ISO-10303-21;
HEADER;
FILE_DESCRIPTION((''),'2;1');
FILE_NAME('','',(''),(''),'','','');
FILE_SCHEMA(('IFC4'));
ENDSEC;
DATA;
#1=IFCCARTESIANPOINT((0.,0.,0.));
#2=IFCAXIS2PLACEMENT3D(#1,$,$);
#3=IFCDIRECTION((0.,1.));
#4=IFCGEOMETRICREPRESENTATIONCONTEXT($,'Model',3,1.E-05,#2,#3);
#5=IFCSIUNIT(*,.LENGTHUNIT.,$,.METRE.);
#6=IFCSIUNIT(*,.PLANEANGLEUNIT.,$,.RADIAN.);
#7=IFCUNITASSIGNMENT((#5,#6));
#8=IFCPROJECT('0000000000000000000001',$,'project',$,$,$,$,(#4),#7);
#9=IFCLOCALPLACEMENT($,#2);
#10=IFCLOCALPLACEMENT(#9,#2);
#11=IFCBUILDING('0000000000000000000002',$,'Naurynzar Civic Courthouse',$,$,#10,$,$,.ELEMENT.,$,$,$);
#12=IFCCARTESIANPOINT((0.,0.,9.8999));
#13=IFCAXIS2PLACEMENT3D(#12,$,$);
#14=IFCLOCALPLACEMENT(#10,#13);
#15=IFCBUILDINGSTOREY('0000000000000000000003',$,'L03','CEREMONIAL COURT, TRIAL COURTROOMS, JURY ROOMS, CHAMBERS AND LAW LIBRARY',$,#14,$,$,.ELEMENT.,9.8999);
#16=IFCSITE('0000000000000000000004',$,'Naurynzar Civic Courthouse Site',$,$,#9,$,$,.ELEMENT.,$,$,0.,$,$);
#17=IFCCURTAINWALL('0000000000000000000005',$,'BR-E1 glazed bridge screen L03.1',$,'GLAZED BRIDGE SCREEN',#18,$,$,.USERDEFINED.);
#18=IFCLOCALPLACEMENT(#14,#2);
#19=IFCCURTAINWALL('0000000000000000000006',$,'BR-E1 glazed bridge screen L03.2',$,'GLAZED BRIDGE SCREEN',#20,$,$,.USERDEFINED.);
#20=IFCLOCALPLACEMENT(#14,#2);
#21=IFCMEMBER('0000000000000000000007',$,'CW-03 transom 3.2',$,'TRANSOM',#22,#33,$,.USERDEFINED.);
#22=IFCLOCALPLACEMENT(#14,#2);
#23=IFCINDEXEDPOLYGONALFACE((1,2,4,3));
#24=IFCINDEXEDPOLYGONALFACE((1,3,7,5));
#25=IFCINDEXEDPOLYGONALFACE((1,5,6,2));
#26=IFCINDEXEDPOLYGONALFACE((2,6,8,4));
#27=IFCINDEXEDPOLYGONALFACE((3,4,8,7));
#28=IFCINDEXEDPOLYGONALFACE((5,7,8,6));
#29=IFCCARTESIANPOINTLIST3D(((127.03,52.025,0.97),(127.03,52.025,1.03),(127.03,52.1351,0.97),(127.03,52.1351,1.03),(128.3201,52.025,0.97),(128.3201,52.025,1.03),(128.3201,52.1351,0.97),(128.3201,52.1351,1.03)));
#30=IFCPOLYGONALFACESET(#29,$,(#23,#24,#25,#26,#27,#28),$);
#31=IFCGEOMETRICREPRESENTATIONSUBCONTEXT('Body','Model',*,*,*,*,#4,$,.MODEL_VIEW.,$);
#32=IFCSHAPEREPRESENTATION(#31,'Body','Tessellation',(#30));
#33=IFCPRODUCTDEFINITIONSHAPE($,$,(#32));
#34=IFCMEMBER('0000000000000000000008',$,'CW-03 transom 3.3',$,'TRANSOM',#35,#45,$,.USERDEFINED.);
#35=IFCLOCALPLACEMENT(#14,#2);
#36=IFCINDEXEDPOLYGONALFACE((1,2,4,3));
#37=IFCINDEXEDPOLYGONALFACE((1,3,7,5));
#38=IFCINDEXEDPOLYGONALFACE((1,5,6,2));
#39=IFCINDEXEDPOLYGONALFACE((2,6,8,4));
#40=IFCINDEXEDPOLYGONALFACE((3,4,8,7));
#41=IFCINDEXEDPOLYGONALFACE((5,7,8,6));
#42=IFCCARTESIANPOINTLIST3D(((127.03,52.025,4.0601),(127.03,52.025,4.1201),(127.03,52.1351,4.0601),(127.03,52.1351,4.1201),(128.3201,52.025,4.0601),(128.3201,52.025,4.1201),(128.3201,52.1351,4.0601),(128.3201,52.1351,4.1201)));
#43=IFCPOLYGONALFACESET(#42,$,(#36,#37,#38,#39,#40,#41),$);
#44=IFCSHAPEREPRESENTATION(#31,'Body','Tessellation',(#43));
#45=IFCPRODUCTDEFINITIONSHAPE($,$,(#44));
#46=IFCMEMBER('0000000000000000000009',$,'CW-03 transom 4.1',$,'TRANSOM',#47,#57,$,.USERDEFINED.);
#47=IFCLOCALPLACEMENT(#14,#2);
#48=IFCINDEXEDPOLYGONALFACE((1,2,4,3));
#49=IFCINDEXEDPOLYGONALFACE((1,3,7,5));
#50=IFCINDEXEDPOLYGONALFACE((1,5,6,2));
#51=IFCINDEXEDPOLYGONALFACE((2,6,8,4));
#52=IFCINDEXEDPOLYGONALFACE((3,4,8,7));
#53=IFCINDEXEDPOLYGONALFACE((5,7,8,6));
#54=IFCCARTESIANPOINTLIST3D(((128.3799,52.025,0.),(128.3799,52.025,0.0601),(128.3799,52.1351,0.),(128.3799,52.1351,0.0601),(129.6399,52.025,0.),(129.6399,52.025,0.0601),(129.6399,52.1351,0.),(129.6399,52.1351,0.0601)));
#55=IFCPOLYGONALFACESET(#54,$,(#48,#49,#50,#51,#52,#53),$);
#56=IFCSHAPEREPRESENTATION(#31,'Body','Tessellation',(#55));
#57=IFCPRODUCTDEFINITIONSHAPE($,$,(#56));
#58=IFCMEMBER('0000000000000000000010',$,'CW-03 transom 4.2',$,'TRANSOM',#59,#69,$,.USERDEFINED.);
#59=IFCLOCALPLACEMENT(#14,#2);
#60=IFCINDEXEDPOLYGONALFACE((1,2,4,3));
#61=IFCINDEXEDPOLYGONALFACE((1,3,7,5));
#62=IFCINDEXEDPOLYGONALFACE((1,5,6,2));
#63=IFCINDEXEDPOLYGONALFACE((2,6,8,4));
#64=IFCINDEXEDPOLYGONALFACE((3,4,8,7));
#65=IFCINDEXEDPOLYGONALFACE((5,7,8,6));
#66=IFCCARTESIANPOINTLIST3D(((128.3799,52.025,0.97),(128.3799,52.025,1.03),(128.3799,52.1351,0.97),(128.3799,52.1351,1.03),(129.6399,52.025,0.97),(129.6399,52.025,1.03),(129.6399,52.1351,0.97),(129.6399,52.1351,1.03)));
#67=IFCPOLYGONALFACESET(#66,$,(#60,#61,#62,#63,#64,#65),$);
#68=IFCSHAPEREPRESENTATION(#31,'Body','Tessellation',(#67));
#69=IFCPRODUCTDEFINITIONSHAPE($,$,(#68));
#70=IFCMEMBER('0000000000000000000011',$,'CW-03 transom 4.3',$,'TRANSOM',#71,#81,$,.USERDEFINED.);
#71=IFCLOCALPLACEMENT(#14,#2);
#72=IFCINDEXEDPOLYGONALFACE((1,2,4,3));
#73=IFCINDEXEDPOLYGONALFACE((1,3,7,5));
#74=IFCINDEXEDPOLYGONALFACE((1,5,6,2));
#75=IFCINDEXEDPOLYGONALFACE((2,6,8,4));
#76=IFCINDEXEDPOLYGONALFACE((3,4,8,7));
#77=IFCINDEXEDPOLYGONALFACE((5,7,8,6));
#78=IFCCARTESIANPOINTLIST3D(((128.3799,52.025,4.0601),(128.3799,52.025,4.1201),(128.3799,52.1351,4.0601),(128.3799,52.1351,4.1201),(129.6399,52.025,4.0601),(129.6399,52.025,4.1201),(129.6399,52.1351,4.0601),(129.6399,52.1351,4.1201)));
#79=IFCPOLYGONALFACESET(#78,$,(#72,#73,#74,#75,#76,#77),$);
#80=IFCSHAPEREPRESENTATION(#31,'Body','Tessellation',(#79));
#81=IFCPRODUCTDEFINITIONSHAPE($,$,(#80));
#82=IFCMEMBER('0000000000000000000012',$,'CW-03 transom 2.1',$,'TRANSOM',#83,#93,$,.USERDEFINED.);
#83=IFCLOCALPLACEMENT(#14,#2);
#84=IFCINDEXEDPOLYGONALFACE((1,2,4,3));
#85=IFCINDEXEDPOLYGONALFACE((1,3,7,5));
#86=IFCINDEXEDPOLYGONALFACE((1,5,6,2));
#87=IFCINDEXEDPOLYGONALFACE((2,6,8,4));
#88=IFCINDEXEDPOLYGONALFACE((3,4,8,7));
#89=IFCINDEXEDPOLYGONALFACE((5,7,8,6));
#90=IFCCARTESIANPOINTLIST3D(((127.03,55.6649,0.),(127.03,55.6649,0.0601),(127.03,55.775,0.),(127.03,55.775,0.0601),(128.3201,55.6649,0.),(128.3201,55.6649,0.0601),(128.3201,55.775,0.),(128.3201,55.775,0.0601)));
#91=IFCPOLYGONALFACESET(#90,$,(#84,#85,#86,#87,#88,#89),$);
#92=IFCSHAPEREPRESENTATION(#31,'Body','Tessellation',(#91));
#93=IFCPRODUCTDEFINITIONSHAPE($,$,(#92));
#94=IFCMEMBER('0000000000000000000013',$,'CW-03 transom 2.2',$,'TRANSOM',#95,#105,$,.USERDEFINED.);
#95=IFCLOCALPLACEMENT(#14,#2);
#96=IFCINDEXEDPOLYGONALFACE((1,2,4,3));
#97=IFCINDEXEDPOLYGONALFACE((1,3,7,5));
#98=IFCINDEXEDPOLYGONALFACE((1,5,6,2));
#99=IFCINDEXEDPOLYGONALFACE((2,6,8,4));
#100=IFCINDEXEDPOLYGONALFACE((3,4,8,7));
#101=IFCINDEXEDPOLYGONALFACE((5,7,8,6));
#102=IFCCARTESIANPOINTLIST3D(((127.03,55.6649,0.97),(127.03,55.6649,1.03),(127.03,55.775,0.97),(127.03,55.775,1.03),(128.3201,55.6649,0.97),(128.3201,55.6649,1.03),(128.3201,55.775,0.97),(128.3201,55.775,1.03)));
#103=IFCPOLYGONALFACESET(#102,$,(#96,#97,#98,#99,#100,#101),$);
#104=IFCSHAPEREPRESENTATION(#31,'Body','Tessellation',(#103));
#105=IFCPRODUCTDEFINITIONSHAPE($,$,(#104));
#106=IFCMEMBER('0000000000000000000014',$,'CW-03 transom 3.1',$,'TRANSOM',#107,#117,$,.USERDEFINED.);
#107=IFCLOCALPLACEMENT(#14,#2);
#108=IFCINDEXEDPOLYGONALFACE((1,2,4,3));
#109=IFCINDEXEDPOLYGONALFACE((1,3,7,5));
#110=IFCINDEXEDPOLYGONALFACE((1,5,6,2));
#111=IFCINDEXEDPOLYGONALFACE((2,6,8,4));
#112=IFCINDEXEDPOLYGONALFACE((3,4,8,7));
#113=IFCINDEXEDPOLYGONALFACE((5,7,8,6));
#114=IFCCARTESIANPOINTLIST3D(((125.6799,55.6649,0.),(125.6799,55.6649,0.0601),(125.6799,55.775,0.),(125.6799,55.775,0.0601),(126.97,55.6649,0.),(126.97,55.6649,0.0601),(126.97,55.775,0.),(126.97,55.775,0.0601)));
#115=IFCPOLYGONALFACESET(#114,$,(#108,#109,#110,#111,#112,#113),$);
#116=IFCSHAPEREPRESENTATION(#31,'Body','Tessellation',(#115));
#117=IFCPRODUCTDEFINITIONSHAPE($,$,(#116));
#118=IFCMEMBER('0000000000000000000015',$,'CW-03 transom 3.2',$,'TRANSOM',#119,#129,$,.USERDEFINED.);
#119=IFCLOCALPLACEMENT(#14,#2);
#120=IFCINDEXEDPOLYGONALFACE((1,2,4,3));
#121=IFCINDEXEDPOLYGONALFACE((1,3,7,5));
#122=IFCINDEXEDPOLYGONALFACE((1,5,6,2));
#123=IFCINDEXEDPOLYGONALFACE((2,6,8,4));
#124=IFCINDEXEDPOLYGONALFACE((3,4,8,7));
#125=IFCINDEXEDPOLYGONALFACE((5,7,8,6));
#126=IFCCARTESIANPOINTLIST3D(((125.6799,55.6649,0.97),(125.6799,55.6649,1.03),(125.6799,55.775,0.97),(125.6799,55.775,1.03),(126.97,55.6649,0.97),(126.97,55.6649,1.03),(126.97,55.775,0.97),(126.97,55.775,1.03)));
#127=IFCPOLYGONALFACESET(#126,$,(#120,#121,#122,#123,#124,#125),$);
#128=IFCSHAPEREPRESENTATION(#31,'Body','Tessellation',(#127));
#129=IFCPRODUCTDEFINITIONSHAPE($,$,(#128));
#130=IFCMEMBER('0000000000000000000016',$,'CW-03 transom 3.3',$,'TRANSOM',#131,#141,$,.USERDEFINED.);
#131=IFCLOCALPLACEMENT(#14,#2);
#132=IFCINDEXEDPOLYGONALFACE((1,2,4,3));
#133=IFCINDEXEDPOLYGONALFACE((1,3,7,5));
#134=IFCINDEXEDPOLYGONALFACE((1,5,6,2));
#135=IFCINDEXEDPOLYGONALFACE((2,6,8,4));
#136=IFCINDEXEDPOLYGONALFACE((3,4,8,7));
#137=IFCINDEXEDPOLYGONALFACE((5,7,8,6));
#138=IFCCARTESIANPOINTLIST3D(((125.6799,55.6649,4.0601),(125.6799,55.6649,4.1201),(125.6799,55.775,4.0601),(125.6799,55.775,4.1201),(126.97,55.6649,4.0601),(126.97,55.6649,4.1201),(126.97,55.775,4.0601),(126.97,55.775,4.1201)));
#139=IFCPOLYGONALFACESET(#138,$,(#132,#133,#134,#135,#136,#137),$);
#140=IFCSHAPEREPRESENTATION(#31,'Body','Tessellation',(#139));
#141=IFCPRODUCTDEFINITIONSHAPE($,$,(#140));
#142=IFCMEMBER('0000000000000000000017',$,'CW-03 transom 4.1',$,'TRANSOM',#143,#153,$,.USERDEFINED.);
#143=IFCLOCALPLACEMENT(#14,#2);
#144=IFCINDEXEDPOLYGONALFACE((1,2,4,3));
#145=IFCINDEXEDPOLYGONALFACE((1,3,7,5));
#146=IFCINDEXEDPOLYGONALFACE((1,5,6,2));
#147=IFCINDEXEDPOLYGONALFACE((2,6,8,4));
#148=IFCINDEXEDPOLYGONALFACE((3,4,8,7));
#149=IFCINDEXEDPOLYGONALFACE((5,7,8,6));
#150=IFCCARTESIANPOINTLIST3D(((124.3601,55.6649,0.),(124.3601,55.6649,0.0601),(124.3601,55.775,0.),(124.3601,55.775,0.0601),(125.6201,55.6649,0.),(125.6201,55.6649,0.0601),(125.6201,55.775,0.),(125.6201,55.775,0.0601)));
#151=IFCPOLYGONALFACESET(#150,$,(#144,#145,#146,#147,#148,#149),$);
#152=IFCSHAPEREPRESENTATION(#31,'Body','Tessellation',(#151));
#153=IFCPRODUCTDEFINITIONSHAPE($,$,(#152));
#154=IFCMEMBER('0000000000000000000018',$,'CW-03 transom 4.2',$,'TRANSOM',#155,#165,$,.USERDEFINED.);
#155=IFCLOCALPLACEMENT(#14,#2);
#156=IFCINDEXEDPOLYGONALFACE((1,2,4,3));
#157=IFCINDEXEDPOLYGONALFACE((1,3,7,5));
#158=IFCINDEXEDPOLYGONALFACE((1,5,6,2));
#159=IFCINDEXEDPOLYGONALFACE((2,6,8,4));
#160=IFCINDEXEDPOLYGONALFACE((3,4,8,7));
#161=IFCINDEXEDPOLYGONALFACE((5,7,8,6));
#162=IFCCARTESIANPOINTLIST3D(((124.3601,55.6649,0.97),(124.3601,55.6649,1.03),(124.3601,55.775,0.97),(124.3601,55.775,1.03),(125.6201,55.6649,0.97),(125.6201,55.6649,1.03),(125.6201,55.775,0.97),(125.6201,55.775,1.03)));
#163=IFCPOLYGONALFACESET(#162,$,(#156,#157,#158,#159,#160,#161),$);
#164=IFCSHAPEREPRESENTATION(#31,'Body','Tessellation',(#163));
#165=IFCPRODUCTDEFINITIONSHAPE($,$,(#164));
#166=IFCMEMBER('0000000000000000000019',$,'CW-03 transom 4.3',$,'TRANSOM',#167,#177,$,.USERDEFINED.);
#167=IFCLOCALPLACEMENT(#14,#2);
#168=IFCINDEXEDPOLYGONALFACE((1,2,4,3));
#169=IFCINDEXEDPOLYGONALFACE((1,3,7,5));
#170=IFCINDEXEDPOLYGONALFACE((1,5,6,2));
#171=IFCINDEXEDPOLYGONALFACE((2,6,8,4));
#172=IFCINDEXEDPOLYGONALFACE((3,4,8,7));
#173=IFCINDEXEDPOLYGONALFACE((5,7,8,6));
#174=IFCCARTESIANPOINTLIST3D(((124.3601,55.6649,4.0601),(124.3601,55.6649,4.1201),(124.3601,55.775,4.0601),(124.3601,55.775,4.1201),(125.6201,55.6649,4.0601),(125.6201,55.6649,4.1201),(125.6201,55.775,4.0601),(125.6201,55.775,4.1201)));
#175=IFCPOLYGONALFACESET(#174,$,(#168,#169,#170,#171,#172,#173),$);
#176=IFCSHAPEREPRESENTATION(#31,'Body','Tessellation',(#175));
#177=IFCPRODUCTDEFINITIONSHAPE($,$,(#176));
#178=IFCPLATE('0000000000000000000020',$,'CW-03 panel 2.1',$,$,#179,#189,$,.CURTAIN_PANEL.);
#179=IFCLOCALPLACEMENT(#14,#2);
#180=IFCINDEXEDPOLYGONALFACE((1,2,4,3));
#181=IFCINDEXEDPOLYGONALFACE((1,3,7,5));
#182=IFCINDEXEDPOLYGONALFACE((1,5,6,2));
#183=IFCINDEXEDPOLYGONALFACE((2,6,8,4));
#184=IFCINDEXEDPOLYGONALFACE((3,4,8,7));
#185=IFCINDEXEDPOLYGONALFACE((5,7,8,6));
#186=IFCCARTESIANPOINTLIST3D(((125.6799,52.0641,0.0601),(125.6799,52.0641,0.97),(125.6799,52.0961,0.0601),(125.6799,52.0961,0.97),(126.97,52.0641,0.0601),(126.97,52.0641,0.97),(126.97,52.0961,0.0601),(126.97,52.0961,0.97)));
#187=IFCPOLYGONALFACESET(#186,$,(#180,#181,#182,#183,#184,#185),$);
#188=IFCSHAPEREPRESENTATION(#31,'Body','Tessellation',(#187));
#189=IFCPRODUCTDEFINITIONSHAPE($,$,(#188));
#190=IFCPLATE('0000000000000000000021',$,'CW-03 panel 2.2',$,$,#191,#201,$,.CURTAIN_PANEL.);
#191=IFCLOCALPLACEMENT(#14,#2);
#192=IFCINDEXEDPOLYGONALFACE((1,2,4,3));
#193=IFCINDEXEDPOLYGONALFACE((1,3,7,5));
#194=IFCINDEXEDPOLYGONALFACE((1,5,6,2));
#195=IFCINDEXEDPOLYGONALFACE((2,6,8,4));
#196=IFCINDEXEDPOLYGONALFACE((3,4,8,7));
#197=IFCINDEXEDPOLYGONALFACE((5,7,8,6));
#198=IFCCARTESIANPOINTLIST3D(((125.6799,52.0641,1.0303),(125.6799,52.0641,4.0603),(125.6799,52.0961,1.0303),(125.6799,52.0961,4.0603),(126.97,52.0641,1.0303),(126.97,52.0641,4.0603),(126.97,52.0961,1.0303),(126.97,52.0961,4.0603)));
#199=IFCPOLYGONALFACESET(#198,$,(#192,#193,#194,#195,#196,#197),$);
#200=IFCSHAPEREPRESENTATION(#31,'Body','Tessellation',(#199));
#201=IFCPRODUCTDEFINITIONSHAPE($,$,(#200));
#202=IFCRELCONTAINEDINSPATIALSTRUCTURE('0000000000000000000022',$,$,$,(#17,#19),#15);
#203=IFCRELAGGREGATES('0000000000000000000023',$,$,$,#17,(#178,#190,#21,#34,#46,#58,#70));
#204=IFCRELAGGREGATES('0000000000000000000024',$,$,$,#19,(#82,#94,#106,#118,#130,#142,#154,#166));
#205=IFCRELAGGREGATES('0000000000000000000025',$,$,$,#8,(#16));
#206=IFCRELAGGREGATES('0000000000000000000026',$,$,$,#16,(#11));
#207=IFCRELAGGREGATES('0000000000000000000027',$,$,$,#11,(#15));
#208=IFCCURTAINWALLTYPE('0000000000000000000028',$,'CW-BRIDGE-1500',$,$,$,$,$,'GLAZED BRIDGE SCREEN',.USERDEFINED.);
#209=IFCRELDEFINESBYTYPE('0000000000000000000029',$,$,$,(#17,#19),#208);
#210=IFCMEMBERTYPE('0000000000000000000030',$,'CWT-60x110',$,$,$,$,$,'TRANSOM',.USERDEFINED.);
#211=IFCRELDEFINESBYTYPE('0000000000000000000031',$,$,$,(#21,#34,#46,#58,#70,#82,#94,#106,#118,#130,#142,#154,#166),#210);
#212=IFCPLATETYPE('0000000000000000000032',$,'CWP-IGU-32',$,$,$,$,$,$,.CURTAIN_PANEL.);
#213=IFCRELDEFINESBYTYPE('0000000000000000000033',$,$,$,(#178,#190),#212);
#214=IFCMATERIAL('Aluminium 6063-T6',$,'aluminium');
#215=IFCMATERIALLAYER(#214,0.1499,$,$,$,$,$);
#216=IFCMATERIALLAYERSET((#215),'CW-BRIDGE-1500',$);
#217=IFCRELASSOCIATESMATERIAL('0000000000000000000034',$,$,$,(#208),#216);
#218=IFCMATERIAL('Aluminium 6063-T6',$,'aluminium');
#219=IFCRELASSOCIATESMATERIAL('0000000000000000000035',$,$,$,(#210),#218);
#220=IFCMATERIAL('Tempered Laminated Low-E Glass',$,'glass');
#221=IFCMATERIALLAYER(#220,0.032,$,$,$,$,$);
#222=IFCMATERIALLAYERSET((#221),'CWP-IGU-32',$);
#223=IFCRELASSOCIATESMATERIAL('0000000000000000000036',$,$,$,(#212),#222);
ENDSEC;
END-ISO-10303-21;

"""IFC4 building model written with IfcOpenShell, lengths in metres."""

from ifc_helpers import new_model, si_unit, direction, frame, origin, origin_2d, place, context, subcontext, project, spatial, rectangle, extrude, material, layer, layer_set, material_profile, profile_set, type_object, element, aggregate, save


model = new_model("IFC4")

# Units and contexts
model_context = context("Model", 3, precision=1e-05, world=origin(), true_north=direction((0.0, 1.0)))
body_context = subcontext(model_context, "Body", "Model", "MODEL_VIEW")
ifc_project = project(units=[si_unit("LENGTHUNIT", "METRE"), si_unit("PLANEANGLEUNIT", "RADIAN")], contexts=[model_context])

# Site, building, storey
site_placement = place(None, origin())
site = spatial("IfcSite", under=ifc_project, at=site_placement, Name="Naurynzar Civic Courthouse Site", CompositionType="ELEMENT", RefElevation=0.0)
building_placement = place(site_placement, origin())
building = spatial("IfcBuilding", under=site, at=building_placement, Name="Naurynzar Civic Courthouse", CompositionType="ELEMENT")
storey_placement = place(building_placement, frame((0.0, 0.0, 9.8999)))
storey = spatial("IfcBuildingStorey", under=building, at=storey_placement, Name="L03", Description="CEREMONIAL COURT, TRIAL COURTROOMS, JURY ROOMS, CHAMBERS AND LAW LIBRARY", CompositionType="ELEMENT", Elevation=9.8999)

# Curtain walls
ifc_material_1 = material(Name="Aluminium 6063-T6", Category="aluminium")
ifc_layer_1 = layer(ifc_material_1, 0.1499)
ifc_layer_set_1 = layer_set([ifc_layer_1], Name="CW-BRIDGE-1500")
curtain_wall_type = type_object("IfcCurtainWallType", Name="CW-BRIDGE-1500", ElementType="GLAZED BRIDGE SCREEN", PredefinedType="USERDEFINED", material=ifc_layer_set_1)
curtain_wall_1_placement = place(storey_placement, origin())
curtain_wall_1 = element("IfcCurtainWall", 1, at=curtain_wall_1_placement, inside=storey, type_object=curtain_wall_type, Name="BR-E1 glazed bridge screen L03.1", ObjectType="GLAZED BRIDGE SCREEN", PredefinedType="USERDEFINED")
curtain_wall_2_placement = place(storey_placement, origin())
curtain_wall_2 = element("IfcCurtainWall", 2, at=curtain_wall_2_placement, inside=storey, type_object=curtain_wall_type, Name="BR-E1 glazed bridge screen L03.2", ObjectType="GLAZED BRIDGE SCREEN", PredefinedType="USERDEFINED")

# Members
ifc_material_2 = material(Name="Aluminium 6063-T6", Category="aluminium")
ifc_material_profile_1 = material_profile(ifc_material_2, rectangle(XDim=0.1101, YDim=0.0601, at=origin_2d()), Name="ALU TRANSOM 60x110")
ifc_profile_set_1 = profile_set([ifc_material_profile_1], Name="Aluminium 6063-T6")
member_type_1 = type_object("IfcMemberType", Name="CWT-60x110", ElementType="TRANSOM", PredefinedType="USERDEFINED", material=ifc_profile_set_1)
member_1_placement = place(storey_placement, frame((127.03, 52.0801, 1.0), z_axis=(1.0, 0.0, 0.0), x_axis=(0.0, 1.0, 0.0)))
member_1 = element("IfcMember", 3, at=member_1_placement, type_object=member_type_1, Name="CW-03 transom 3.2", ObjectType="TRANSOM", PredefinedType="USERDEFINED", context=body_context, shape_type="SweptSolid", body=[
    extrude(rectangle(XDim=0.1101, YDim=0.0601, at=origin_2d()), origin(), (0.0, 0.0, 1.0), 1.29),
])
member_2_placement = place(storey_placement, frame((127.03, 52.0801, 4.0901), z_axis=(1.0, 0.0, 0.0), x_axis=(0.0, 1.0, 0.0)))
member_2 = element("IfcMember", 4, at=member_2_placement, type_object=member_type_1, Name="CW-03 transom 3.3", ObjectType="TRANSOM", PredefinedType="USERDEFINED", context=body_context, shape_type="SweptSolid", body=[
    extrude(rectangle(XDim=0.1101, YDim=0.0601, at=origin_2d()), origin(), (0.0, 0.0, 1.0), 1.29),
])
member_3_placement = place(storey_placement, frame((128.3799, 52.0801, 0.03), z_axis=(1.0, 0.0, 0.0), x_axis=(0.0, 1.0, 0.0)))
member_3 = element("IfcMember", 5, at=member_3_placement, type_object=member_type_1, Name="CW-03 transom 4.1", ObjectType="TRANSOM", PredefinedType="USERDEFINED", context=body_context, shape_type="SweptSolid", body=[
    extrude(rectangle(XDim=0.1101, YDim=0.0601, at=origin_2d()), origin(), (0.0, 0.0, 1.0), 1.26),
])
member_4_placement = place(storey_placement, frame((128.3799, 52.0801, 1.0), z_axis=(1.0, 0.0, 0.0), x_axis=(0.0, 1.0, 0.0)))
member_4 = element("IfcMember", 6, at=member_4_placement, type_object=member_type_1, Name="CW-03 transom 4.2", ObjectType="TRANSOM", PredefinedType="USERDEFINED", context=body_context, shape_type="SweptSolid", body=[
    extrude(rectangle(XDim=0.1101, YDim=0.0601, at=origin_2d()), origin(), (0.0, 0.0, 1.0), 1.26),
])
member_5_placement = place(storey_placement, frame((128.3799, 52.0801, 4.0901), z_axis=(1.0, 0.0, 0.0), x_axis=(0.0, 1.0, 0.0)))
member_5 = element("IfcMember", 7, at=member_5_placement, type_object=member_type_1, Name="CW-03 transom 4.3", ObjectType="TRANSOM", PredefinedType="USERDEFINED", context=body_context, shape_type="SweptSolid", body=[
    extrude(rectangle(XDim=0.1101, YDim=0.0601, at=origin_2d()), origin(), (0.0, 0.0, 1.0), 1.26),
])
member_6_placement = place(storey_placement, frame((128.3201, 55.72, 0.03), z_axis=(-1.0, 0.0, 0.0), x_axis=(0.0, -1.0, 0.0)))
member_6 = element("IfcMember", 8, at=member_6_placement, type_object=member_type_1, Name="CW-03 transom 2.1", ObjectType="TRANSOM", PredefinedType="USERDEFINED", context=body_context, shape_type="SweptSolid", body=[
    extrude(rectangle(XDim=0.1101, YDim=0.0601, at=origin_2d()), origin(), (0.0, 0.0, 1.0), 1.29),
])
member_7_placement = place(storey_placement, frame((128.3201, 55.72, 1.0), z_axis=(-1.0, 0.0, 0.0), x_axis=(0.0, -1.0, 0.0)))
member_7 = element("IfcMember", 9, at=member_7_placement, type_object=member_type_1, Name="CW-03 transom 2.2", ObjectType="TRANSOM", PredefinedType="USERDEFINED", context=body_context, shape_type="SweptSolid", body=[
    extrude(rectangle(XDim=0.1101, YDim=0.0601, at=origin_2d()), origin(), (0.0, 0.0, 1.0), 1.29),
])
member_8_placement = place(storey_placement, frame((126.97, 55.72, 0.03), z_axis=(-1.0, 0.0, 0.0), x_axis=(0.0, -1.0, 0.0)))
member_8 = element("IfcMember", 10, at=member_8_placement, type_object=member_type_1, Name="CW-03 transom 3.1", ObjectType="TRANSOM", PredefinedType="USERDEFINED", context=body_context, shape_type="SweptSolid", body=[
    extrude(rectangle(XDim=0.1101, YDim=0.0601, at=origin_2d()), origin(), (0.0, 0.0, 1.0), 1.29),
])
member_9_placement = place(storey_placement, frame((126.97, 55.72, 1.0), z_axis=(-1.0, 0.0, 0.0), x_axis=(0.0, -1.0, 0.0)))
member_9 = element("IfcMember", 11, at=member_9_placement, type_object=member_type_1, Name="CW-03 transom 3.2", ObjectType="TRANSOM", PredefinedType="USERDEFINED", context=body_context, shape_type="SweptSolid", body=[
    extrude(rectangle(XDim=0.1101, YDim=0.0601, at=origin_2d()), origin(), (0.0, 0.0, 1.0), 1.29),
])
member_10_placement = place(storey_placement, frame((126.97, 55.72, 4.0901), z_axis=(-1.0, 0.0, 0.0), x_axis=(0.0, -1.0, 0.0)))
member_10 = element("IfcMember", 12, at=member_10_placement, type_object=member_type_1, Name="CW-03 transom 3.3", ObjectType="TRANSOM", PredefinedType="USERDEFINED", context=body_context, shape_type="SweptSolid", body=[
    extrude(rectangle(XDim=0.1101, YDim=0.0601, at=origin_2d()), origin(), (0.0, 0.0, 1.0), 1.29),
])
member_11_placement = place(storey_placement, frame((125.6201, 55.72, 0.03), z_axis=(-1.0, 0.0, 0.0), x_axis=(0.0, -1.0, 0.0)))
member_11 = element("IfcMember", 13, at=member_11_placement, type_object=member_type_1, Name="CW-03 transom 4.1", ObjectType="TRANSOM", PredefinedType="USERDEFINED", context=body_context, shape_type="SweptSolid", body=[
    extrude(rectangle(XDim=0.1101, YDim=0.0601, at=origin_2d()), origin(), (0.0, 0.0, 1.0), 1.26),
])
member_12_placement = place(storey_placement, frame((125.6201, 55.72, 1.0), z_axis=(-1.0, 0.0, 0.0), x_axis=(0.0, -1.0, 0.0)))
member_12 = element("IfcMember", 14, at=member_12_placement, type_object=member_type_1, Name="CW-03 transom 4.2", ObjectType="TRANSOM", PredefinedType="USERDEFINED", context=body_context, shape_type="SweptSolid", body=[
    extrude(rectangle(XDim=0.1101, YDim=0.0601, at=origin_2d()), origin(), (0.0, 0.0, 1.0), 1.26),
])
member_13_placement = place(storey_placement, frame((125.6201, 55.72, 4.0901), z_axis=(-1.0, 0.0, 0.0), x_axis=(0.0, -1.0, 0.0)))
member_13 = element("IfcMember", 15, at=member_13_placement, type_object=member_type_1, Name="CW-03 transom 4.3", ObjectType="TRANSOM", PredefinedType="USERDEFINED", context=body_context, shape_type="SweptSolid", body=[
    extrude(rectangle(XDim=0.1101, YDim=0.0601, at=origin_2d()), origin(), (0.0, 0.0, 1.0), 1.26),
])

# Plates
ifc_material_3 = material(Name="Tempered Laminated Low-E Glass", Category="glass")
ifc_layer_2 = layer(ifc_material_3, 0.032)
ifc_layer_set_2 = layer_set([ifc_layer_2], Name="CWP-IGU-32")
plate_type_1 = type_object("IfcPlateType", Name="CWP-IGU-32", PredefinedType="CURTAIN_PANEL", material=ifc_layer_set_2)
plate_1_placement = place(storey_placement, frame((126.325, 52.0801, 0.0601), z_axis=(0.0, 0.0, 1.0), x_axis=(1.0, 0.0, 0.0)))
plate_1 = element("IfcPlate", 16, at=plate_1_placement, type_object=plate_type_1, Name="CW-03 panel 2.1", PredefinedType="CURTAIN_PANEL", context=body_context, shape_type="SweptSolid", body=[
    extrude(rectangle(XDim=1.29, YDim=0.032, at=origin_2d()), origin(), (0.0, 0.0, 1.0), 0.9099),
])
plate_2_placement = place(storey_placement, frame((126.325, 52.0801, 1.0303), z_axis=(0.0, 0.0, 1.0), x_axis=(1.0, 0.0, 0.0)))
plate_2 = element("IfcPlate", 17, at=plate_2_placement, type_object=plate_type_1, Name="CW-03 panel 2.2", PredefinedType="CURTAIN_PANEL", context=body_context, shape_type="SweptSolid", body=[
    extrude(rectangle(XDim=1.29, YDim=0.032, at=origin_2d()), origin(), (0.0, 0.0, 1.0), 3.03),
])
aggregate(curtain_wall_1, [plate_1, plate_2, member_1, member_2, member_3, member_4, member_5])
aggregate(curtain_wall_2, [member_6, member_7, member_8, member_9, member_10, member_11, member_12, member_13])

save(model, "model.ifc")
